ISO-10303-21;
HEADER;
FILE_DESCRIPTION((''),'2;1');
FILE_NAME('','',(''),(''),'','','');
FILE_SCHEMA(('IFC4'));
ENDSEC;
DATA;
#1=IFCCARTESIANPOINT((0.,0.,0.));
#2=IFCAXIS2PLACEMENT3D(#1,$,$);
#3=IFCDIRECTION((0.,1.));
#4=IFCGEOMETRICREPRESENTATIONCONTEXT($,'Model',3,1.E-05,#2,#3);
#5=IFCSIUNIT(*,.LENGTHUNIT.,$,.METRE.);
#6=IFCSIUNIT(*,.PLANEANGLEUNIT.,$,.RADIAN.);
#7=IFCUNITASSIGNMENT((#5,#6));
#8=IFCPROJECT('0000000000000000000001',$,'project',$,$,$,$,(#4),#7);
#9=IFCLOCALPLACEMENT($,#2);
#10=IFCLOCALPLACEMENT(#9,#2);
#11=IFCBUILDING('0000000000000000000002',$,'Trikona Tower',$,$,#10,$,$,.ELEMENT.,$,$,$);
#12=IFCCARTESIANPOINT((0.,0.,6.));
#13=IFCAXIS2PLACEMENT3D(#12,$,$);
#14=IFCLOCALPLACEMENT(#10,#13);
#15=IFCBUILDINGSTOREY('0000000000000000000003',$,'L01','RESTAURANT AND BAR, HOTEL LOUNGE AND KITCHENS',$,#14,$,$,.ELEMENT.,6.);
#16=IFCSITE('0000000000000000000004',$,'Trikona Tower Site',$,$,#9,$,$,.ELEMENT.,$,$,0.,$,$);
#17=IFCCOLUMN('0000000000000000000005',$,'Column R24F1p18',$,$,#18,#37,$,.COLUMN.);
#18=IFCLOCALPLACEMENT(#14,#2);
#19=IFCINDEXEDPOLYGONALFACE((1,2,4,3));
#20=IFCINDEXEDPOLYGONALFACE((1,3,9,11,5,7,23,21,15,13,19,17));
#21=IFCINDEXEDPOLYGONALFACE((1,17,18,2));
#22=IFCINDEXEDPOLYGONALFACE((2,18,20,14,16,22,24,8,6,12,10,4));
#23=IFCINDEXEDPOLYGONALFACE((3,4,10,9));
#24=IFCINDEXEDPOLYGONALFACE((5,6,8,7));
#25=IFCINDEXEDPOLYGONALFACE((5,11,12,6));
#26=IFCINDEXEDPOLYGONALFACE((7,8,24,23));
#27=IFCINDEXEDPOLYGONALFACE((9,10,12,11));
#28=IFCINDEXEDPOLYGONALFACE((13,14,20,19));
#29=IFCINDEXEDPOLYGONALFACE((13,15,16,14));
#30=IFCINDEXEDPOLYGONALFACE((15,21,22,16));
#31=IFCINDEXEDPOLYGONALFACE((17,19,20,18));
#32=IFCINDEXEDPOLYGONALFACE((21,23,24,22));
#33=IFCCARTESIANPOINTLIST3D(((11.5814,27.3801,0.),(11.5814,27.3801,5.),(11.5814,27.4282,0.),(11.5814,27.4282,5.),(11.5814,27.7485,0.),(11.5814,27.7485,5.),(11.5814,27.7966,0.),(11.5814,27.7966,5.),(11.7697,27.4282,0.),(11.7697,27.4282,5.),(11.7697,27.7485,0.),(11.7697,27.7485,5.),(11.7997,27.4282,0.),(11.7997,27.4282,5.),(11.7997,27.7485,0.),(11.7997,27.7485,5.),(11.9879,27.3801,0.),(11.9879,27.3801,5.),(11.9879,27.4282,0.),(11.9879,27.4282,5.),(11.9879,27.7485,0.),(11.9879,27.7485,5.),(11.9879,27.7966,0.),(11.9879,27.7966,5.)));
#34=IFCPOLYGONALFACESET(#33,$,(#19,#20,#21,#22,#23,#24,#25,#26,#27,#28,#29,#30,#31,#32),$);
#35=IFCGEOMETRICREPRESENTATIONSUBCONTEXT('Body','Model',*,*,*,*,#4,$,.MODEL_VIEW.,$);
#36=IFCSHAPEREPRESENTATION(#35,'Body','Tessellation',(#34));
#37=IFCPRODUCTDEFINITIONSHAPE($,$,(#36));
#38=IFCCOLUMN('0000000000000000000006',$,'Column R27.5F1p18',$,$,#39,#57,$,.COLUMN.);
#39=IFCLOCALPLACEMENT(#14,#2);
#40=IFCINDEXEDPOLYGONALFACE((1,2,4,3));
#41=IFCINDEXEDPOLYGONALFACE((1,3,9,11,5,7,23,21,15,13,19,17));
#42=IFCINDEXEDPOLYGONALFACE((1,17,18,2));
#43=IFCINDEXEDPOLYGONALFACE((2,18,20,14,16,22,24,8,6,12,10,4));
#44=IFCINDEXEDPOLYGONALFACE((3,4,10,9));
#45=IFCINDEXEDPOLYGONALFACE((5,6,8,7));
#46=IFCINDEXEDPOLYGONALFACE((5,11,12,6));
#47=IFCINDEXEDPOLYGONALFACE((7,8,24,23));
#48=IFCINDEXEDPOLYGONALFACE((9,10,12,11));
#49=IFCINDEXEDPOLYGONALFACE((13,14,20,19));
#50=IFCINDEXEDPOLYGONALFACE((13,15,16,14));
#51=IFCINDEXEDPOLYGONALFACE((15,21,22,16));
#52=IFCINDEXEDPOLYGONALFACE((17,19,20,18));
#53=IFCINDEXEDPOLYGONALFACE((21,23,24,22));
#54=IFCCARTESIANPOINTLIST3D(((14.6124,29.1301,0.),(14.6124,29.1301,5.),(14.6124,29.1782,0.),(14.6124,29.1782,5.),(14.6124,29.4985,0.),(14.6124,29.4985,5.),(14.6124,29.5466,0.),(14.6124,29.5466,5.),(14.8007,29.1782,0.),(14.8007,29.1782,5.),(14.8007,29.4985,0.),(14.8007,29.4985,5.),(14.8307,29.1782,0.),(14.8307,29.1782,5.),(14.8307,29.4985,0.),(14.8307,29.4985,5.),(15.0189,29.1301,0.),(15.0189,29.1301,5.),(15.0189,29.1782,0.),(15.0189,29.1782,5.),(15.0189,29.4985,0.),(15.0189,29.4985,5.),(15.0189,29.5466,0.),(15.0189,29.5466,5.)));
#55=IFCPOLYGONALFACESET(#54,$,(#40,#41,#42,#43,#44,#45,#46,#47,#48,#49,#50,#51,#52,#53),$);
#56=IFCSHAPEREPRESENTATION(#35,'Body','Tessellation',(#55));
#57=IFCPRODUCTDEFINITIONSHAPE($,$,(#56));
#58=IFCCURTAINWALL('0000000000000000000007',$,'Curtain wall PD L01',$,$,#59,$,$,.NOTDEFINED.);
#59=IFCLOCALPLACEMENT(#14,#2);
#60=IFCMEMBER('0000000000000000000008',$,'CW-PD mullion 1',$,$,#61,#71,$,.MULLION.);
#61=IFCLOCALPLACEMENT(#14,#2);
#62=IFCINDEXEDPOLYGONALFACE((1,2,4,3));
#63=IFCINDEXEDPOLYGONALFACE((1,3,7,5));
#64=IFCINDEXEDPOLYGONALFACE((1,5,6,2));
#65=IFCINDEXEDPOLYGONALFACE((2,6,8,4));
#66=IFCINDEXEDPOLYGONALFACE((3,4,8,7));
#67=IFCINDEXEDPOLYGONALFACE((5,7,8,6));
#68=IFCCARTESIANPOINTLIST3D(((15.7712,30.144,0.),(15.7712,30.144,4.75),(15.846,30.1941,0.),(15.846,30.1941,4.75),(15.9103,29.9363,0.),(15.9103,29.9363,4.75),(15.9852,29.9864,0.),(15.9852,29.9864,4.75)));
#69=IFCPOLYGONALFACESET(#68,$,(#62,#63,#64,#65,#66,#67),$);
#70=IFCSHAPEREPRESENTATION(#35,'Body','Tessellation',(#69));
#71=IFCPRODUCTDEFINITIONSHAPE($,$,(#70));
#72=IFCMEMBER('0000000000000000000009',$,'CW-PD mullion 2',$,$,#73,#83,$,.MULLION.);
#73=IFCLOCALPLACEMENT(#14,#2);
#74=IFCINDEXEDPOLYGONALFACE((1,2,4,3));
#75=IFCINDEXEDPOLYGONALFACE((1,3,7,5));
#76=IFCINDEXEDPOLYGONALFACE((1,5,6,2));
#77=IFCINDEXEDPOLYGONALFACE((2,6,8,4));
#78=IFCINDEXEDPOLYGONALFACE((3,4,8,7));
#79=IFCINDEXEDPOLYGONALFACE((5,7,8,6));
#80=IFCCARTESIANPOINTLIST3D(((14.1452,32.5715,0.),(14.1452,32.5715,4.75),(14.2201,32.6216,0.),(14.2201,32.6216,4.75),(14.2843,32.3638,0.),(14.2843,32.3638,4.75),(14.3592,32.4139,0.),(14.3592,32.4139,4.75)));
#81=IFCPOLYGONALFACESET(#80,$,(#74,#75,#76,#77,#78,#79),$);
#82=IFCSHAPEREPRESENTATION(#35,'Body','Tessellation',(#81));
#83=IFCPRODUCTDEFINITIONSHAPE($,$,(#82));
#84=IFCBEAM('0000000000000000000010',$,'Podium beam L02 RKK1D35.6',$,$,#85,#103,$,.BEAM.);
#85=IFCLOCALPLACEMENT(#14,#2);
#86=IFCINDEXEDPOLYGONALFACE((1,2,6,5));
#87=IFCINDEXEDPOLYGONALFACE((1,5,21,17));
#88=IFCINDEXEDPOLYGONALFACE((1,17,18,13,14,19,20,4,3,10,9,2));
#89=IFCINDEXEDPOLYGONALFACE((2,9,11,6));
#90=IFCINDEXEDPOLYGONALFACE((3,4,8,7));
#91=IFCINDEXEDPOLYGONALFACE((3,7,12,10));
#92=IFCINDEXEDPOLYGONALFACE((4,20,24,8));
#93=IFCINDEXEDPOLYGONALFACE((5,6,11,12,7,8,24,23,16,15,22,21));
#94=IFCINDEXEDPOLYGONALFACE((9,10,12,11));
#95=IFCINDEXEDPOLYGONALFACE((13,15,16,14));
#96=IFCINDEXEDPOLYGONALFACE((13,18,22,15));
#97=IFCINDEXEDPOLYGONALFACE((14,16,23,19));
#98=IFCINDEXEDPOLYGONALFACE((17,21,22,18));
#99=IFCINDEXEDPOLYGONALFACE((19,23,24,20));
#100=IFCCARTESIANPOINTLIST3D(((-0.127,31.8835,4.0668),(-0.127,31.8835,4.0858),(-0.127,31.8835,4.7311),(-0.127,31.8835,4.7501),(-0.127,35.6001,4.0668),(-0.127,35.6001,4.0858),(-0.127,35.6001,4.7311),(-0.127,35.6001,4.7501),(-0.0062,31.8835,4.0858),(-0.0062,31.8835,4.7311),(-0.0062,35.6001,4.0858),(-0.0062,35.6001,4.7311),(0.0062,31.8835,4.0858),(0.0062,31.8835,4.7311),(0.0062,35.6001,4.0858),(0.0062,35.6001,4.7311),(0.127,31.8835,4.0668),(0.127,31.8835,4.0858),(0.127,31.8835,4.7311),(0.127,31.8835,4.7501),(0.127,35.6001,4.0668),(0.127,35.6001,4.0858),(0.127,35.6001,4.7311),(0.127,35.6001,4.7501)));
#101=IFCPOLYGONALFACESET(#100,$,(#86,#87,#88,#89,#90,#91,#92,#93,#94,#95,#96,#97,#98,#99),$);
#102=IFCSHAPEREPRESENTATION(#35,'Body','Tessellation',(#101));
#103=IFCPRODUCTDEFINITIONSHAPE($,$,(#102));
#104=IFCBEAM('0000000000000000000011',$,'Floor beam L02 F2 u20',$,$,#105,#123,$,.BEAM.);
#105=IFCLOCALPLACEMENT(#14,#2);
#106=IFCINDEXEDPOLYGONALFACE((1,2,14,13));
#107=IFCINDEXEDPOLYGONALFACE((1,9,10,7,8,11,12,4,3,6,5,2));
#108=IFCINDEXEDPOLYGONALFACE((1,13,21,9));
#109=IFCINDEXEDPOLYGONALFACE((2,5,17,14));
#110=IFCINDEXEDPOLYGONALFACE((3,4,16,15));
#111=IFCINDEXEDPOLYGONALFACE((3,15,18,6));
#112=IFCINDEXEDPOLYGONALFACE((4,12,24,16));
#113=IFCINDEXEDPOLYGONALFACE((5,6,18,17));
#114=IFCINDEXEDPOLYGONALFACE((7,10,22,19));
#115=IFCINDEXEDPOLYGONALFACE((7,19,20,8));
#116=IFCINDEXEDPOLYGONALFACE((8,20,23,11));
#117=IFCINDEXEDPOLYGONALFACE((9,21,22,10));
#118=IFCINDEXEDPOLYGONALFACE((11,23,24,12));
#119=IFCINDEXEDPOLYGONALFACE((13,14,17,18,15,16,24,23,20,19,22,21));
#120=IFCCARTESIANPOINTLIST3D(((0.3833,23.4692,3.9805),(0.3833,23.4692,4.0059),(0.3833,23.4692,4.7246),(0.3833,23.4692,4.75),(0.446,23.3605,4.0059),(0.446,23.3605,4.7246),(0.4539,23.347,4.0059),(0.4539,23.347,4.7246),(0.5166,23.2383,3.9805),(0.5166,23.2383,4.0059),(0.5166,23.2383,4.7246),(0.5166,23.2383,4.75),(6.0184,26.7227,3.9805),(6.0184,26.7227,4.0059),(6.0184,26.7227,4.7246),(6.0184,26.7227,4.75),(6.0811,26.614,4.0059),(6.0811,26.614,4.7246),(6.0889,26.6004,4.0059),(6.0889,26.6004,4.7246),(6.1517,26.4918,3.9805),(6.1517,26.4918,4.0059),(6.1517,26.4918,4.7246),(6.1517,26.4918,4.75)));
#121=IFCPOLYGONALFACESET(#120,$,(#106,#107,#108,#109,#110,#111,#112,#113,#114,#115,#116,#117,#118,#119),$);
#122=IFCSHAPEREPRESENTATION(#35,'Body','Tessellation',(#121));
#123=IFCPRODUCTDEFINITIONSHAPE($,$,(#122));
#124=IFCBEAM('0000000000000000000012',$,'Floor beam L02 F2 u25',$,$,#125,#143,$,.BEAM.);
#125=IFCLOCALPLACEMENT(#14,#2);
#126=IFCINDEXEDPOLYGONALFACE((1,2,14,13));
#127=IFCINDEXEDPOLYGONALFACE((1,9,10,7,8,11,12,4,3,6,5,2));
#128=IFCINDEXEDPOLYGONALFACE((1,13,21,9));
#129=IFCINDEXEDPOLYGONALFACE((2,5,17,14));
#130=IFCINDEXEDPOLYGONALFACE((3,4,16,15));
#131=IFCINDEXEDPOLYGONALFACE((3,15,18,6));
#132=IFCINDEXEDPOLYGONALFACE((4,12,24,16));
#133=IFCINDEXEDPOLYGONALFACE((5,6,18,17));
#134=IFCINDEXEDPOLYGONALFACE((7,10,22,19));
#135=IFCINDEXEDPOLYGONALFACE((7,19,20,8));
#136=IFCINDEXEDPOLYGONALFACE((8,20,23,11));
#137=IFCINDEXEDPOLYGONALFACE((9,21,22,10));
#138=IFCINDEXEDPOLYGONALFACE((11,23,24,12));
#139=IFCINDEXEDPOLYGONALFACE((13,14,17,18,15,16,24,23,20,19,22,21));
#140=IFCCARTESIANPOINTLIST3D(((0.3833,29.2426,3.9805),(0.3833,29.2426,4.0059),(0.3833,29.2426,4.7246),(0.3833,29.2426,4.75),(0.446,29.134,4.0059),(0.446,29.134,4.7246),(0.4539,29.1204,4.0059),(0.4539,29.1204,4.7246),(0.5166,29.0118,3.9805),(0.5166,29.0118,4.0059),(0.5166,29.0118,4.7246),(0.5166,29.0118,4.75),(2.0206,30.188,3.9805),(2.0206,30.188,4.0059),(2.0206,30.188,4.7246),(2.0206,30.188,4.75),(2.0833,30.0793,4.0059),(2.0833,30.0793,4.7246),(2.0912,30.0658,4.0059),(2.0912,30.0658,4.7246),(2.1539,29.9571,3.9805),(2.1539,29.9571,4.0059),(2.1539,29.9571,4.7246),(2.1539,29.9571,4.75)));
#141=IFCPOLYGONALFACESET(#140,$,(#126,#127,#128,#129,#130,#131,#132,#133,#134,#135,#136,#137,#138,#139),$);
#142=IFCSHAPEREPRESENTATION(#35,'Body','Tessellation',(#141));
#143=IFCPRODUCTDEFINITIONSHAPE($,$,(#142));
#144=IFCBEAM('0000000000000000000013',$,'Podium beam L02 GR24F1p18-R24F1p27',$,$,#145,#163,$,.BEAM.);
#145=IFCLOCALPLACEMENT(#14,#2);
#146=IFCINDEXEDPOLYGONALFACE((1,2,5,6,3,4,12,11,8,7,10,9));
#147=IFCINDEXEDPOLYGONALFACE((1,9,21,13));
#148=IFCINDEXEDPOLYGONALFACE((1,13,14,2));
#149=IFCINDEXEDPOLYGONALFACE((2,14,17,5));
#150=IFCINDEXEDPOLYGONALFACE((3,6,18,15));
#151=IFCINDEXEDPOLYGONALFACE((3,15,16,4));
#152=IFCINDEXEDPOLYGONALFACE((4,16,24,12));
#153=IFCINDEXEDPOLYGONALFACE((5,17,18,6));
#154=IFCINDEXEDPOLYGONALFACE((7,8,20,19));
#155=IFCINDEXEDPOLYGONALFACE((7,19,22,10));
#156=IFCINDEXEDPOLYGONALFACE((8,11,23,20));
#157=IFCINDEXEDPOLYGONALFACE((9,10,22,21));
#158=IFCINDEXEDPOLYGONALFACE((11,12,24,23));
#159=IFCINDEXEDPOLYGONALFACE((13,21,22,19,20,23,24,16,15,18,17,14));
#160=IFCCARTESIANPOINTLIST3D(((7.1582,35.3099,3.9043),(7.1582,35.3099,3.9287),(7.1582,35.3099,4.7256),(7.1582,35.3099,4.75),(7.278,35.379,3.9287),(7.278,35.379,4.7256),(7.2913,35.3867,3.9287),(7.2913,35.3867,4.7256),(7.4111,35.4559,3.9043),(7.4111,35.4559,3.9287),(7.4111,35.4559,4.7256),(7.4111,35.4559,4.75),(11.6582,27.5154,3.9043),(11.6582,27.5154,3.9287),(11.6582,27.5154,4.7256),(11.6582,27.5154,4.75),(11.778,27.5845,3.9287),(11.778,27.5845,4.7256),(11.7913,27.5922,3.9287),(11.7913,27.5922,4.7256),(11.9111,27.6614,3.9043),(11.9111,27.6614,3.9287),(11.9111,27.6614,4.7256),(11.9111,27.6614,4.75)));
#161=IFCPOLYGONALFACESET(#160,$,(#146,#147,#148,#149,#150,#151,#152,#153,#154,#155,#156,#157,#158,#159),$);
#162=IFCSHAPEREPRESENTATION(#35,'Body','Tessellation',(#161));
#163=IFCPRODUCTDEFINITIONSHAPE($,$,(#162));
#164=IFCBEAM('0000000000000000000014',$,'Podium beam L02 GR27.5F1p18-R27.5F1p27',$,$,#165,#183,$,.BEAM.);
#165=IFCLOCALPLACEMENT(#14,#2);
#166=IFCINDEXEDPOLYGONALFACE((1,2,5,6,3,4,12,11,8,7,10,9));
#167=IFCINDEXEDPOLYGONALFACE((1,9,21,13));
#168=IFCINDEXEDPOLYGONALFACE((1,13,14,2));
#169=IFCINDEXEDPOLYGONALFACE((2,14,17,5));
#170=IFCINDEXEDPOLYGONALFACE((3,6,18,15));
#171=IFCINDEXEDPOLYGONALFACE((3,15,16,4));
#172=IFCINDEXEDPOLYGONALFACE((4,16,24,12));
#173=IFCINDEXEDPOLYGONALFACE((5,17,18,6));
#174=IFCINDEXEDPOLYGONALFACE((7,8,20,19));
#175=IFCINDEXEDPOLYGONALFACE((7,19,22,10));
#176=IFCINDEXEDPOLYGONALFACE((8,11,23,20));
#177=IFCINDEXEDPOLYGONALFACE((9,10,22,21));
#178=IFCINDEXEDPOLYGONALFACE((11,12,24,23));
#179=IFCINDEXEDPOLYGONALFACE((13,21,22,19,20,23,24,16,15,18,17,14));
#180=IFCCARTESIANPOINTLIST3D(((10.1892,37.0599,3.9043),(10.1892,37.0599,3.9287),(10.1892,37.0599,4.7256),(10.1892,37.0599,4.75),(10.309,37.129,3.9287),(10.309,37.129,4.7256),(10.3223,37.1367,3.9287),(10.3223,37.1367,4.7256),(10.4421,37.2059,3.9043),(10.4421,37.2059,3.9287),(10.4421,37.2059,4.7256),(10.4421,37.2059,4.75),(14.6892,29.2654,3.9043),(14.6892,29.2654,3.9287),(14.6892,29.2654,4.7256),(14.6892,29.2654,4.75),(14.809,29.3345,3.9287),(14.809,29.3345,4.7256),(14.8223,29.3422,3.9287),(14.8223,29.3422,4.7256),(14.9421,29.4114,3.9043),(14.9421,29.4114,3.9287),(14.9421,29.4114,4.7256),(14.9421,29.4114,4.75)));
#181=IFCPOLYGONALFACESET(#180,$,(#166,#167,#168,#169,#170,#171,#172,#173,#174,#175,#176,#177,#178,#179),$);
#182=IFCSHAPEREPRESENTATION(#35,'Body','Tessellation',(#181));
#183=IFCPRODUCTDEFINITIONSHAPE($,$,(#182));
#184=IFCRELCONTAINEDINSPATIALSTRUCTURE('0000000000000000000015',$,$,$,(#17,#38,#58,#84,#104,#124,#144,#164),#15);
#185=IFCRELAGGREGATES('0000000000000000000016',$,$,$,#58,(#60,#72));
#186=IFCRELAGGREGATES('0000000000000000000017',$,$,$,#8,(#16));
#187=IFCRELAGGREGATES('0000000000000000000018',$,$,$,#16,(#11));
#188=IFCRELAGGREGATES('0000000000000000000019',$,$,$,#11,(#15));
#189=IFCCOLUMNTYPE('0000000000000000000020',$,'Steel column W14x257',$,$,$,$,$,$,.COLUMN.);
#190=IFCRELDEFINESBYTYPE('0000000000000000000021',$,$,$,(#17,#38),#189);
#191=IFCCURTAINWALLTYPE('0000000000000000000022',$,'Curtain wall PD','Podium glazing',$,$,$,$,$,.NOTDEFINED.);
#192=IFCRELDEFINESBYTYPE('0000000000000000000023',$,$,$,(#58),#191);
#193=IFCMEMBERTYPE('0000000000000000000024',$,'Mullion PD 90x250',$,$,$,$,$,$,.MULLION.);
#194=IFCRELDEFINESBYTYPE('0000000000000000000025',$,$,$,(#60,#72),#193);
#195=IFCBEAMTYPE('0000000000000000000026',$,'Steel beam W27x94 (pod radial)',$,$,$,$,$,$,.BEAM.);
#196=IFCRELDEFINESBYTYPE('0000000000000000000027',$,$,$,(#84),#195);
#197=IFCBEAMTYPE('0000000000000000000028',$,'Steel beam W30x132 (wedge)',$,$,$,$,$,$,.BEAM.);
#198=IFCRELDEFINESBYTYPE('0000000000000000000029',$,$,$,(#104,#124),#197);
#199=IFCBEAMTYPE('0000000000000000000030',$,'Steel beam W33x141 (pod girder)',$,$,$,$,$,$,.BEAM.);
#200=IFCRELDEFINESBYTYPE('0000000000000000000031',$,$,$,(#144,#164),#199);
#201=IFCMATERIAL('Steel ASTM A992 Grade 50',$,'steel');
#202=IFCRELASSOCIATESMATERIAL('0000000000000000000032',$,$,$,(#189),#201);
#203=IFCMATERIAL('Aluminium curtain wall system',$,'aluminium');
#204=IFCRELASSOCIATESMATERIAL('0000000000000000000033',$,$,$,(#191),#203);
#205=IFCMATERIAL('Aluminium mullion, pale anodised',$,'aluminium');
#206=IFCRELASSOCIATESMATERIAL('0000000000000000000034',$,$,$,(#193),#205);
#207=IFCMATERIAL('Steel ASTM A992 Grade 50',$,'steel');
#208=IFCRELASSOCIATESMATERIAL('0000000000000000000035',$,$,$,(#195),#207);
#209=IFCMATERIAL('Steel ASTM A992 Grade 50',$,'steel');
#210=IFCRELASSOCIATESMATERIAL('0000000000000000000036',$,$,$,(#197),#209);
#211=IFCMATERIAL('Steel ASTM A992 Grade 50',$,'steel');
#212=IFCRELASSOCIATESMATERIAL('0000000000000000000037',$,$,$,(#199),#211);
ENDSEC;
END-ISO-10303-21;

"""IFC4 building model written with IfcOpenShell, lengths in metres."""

from ifc_helpers import new_model, si_unit, direction, frame, origin, origin_2d, place, context, subcontext, project, spatial, rectangle, i_section, extrude, material, material_profile, profile_set, type_object, element, aggregate, save


model = new_model("IFC4")

# Units and contexts
model_context = context("Model", 3, precision=1e-05, world=origin(), true_north=direction((0.0, 1.0)))
body_context = subcontext(model_context, "Body", "Model", "MODEL_VIEW")
ifc_project = project(units=[si_unit("LENGTHUNIT", "METRE"), si_unit("PLANEANGLEUNIT", "RADIAN")], contexts=[model_context])

# Site, building, storey
site_placement = place(None, origin())
site = spatial("IfcSite", under=ifc_project, at=site_placement, Name="Trikona Tower Site", CompositionType="ELEMENT", RefElevation=0.0)
building_placement = place(site_placement, origin())
building = spatial("IfcBuilding", under=site, at=building_placement, Name="Trikona Tower", CompositionType="ELEMENT")
storey_placement = place(building_placement, frame((0.0, 0.0, 6.0)))
storey = spatial("IfcBuildingStorey", under=building, at=storey_placement, Name="L01", Description="RESTAURANT AND BAR, HOTEL LOUNGE AND KITCHENS", CompositionType="ELEMENT", Elevation=6.0)

# Columns
ifc_material_1 = material(Name="Steel ASTM A992 Grade 50", Category="steel")
ifc_material_profile_1 = material_profile(ifc_material_1, i_section(OverallWidth=0.4065, OverallDepth=0.4165, WebThickness=0.03, FlangeThickness=0.0481, at=origin_2d()), Name="W14X257")
ifc_profile_set_1 = profile_set([ifc_material_profile_1], Name="Steel ASTM A992 Grade 50")
column_type = type_object("IfcColumnType", Name="Steel column W14x257", PredefinedType="COLUMN", material=ifc_profile_set_1)
for number, where, z_axis, x_axis, name in (
    (1, (11.7847, 27.5884, 0.0), (0.0, 0.0, 1.0), (1.0, 0.0, 0.0), "Column R24F1p18"),
    (2, (14.8157, 29.3384, 0.0), (0.0, 0.0, 1.0), (1.0, 0.0, 0.0), "Column R27.5F1p18"),
):
    element("IfcColumn", number, at=place(storey_placement, frame(where, z_axis=z_axis, x_axis=x_axis)), inside=storey, type_object=column_type, Name=name, PredefinedType="COLUMN", context=body_context, shape_type="SweptSolid", body=[
        extrude(i_section(OverallWidth=0.4065, OverallDepth=0.4165, WebThickness=0.03, FlangeThickness=0.0481, at=origin_2d()), origin(), (0.0, 0.0, 1.0), 5.0),
    ])

# Curtain wall, members
ifc_material_2 = material(Name="Aluminium curtain wall system", Category="aluminium")
curtain_wall_type = type_object("IfcCurtainWallType", Name="Curtain wall PD", Description="Podium glazing", PredefinedType="NOTDEFINED", material=ifc_material_2)
curtain_wall_placement = place(storey_placement, origin())
curtain_wall = element("IfcCurtainWall", 3, at=curtain_wall_placement, inside=storey, type_object=curtain_wall_type, Name="Curtain wall PD L01", PredefinedType="NOTDEFINED")
ifc_material_3 = material(Name="Aluminium mullion, pale anodised", Category="aluminium")
ifc_material_profile_2 = material_profile(ifc_material_3, rectangle(XDim=0.0901, YDim=0.25, at=origin_2d()), Name="MUL-PD")
ifc_profile_set_2 = profile_set([ifc_material_profile_2], Name="Aluminium mullion, pale anodised")
member_type_1 = type_object("IfcMemberType", Name="Mullion PD 90x250", PredefinedType="MULLION", material=ifc_profile_set_2)
member_1_placement = place(storey_placement, frame((15.8782, 30.0652, 0.0), z_axis=(0.0, 0.0, 1.0), x_axis=(-0.830852, -0.556493, 0.0)))
member_1 = element("IfcMember", 4, at=member_1_placement, type_object=member_type_1, Name="CW-PD mullion 1", PredefinedType="MULLION", context=body_context, shape_type="SweptSolid", body=[
    extrude(rectangle(XDim=0.0901, YDim=0.25, at=origin_2d()), origin(), (0.0, 0.0, 1.0), 4.75),
])
member_2_placement = place(storey_placement, frame((14.2522, 32.4927, 0.0), z_axis=(0.0, 0.0, 1.0), x_axis=(-0.830852, -0.556493, 0.0)))
member_2 = element("IfcMember", 5, at=member_2_placement, type_object=member_type_1, Name="CW-PD mullion 2", PredefinedType="MULLION", context=body_context, shape_type="SweptSolid", body=[
    extrude(rectangle(XDim=0.0901, YDim=0.25, at=origin_2d()), origin(), (0.0, 0.0, 1.0), 4.75),
])

# Beams
ifc_material_4 = material(Name="Steel ASTM A992 Grade 50", Category="steel")
ifc_material_profile_3 = material_profile(ifc_material_4, i_section(OverallWidth=0.2539, OverallDepth=0.6833, WebThickness=0.0125, FlangeThickness=0.019, at=origin_2d()), Name="W27X94")
ifc_profile_set_3 = profile_set([ifc_material_profile_3], Name="Steel ASTM A992 Grade 50")
beam_type_1 = type_object("IfcBeamType", Name="Steel beam W27x94 (pod radial)", PredefinedType="BEAM", material=ifc_profile_set_3)
beam_1_placement = place(storey_placement, frame((0.0, 31.8835, 4.4084), z_axis=(0.0, 1.0, 0.0), x_axis=(-1.0, 0.0, 0.0)))
element("IfcBeam", 6, at=beam_1_placement, inside=storey, type_object=beam_type_1, Name="Podium beam L02 RKK1D35.6", PredefinedType="BEAM", context=body_context, shape_type="SweptSolid", body=[
    extrude(i_section(OverallWidth=0.2539, OverallDepth=0.6833, WebThickness=0.0125, FlangeThickness=0.019, at=origin_2d()), origin(), (0.0, 0.0, 1.0), 3.7166),
])
ifc_material_5 = material(Name="Steel ASTM A992 Grade 50", Category="steel")
ifc_material_profile_4 = material_profile(ifc_material_5, i_section(OverallWidth=0.2666, OverallDepth=0.7695, WebThickness=0.0156, FlangeThickness=0.0254, at=origin_2d()), Name="W30X132")
ifc_profile_set_4 = profile_set([ifc_material_profile_4], Name="Steel ASTM A992 Grade 50")
beam_type_2 = type_object("IfcBeamType", Name="Steel beam W30x132 (wedge)", PredefinedType="BEAM", material=ifc_profile_set_4)
beam_2_placement = place(storey_placement, frame((0.45, 23.3538, 4.3652), z_axis=(0.866023, 0.500005, 0.0), x_axis=(-0.500005, 0.866023, 0.0)))
element("IfcBeam", 7, at=beam_2_placement, inside=storey, type_object=beam_type_2, Name="Floor beam L02 F2 u20", PredefinedType="BEAM", context=body_context, shape_type="SweptSolid", body=[
    extrude(i_section(OverallWidth=0.2666, OverallDepth=0.7695, WebThickness=0.0156, FlangeThickness=0.0254, at=origin_2d()), origin(), (0.0, 0.0, 1.0), 6.5068),
])
beam_3_placement = place(storey_placement, frame((0.45, 29.1272, 4.3652), z_axis=(0.866009, 0.500028, 0.0), x_axis=(-0.500028, 0.866009, 0.0)))
element("IfcBeam", 8, at=beam_3_placement, inside=storey, type_object=beam_type_2, Name="Floor beam L02 F2 u25", PredefinedType="BEAM", context=body_context, shape_type="SweptSolid", body=[
    extrude(i_section(OverallWidth=0.2666, OverallDepth=0.7695, WebThickness=0.0156, FlangeThickness=0.0254, at=origin_2d()), origin(), (0.0, 0.0, 1.0), 1.8906),
])
ifc_material_6 = material(Name="Steel ASTM A992 Grade 50", Category="steel")
ifc_material_profile_5 = material_profile(ifc_material_6, i_section(OverallWidth=0.292, OverallDepth=0.8457, WebThickness=0.0154, FlangeThickness=0.0244, at=origin_2d()), Name="W33X141")
ifc_profile_set_5 = profile_set([ifc_material_profile_5], Name="Steel ASTM A992 Grade 50")
beam_type_3 = type_object("IfcBeamType", Name="Steel beam W33x141 (pod girder)", PredefinedType="BEAM", material=ifc_profile_set_5)
for number, where, z_axis, x_axis, name in (
    (9, (11.7847, 27.5884, 4.3271), (-0.49999, 0.866031, 0.0), (-0.866031, -0.49999, 0.0), "Podium beam L02 GR24F1p18-R24F1p27"),
    (10, (14.8157, 29.3384, 4.3271), (-0.49999, 0.866031, 0.0), (-0.866031, -0.49999, 0.0), "Podium beam L02 GR27.5F1p18-R27.5F1p27"),
):
    element("IfcBeam", number, at=place(storey_placement, frame(where, z_axis=z_axis, x_axis=x_axis)), inside=storey, type_object=beam_type_3, Name=name, PredefinedType="BEAM", context=body_context, shape_type="SweptSolid", body=[
        extrude(i_section(OverallWidth=0.292, OverallDepth=0.8457, WebThickness=0.0154, FlangeThickness=0.0244, at=origin_2d()), origin(), (0.0, 0.0, 1.0), 9.0002),
    ])

aggregate(curtain_wall, [member_1, member_2])

save(model, "model.ifc")
